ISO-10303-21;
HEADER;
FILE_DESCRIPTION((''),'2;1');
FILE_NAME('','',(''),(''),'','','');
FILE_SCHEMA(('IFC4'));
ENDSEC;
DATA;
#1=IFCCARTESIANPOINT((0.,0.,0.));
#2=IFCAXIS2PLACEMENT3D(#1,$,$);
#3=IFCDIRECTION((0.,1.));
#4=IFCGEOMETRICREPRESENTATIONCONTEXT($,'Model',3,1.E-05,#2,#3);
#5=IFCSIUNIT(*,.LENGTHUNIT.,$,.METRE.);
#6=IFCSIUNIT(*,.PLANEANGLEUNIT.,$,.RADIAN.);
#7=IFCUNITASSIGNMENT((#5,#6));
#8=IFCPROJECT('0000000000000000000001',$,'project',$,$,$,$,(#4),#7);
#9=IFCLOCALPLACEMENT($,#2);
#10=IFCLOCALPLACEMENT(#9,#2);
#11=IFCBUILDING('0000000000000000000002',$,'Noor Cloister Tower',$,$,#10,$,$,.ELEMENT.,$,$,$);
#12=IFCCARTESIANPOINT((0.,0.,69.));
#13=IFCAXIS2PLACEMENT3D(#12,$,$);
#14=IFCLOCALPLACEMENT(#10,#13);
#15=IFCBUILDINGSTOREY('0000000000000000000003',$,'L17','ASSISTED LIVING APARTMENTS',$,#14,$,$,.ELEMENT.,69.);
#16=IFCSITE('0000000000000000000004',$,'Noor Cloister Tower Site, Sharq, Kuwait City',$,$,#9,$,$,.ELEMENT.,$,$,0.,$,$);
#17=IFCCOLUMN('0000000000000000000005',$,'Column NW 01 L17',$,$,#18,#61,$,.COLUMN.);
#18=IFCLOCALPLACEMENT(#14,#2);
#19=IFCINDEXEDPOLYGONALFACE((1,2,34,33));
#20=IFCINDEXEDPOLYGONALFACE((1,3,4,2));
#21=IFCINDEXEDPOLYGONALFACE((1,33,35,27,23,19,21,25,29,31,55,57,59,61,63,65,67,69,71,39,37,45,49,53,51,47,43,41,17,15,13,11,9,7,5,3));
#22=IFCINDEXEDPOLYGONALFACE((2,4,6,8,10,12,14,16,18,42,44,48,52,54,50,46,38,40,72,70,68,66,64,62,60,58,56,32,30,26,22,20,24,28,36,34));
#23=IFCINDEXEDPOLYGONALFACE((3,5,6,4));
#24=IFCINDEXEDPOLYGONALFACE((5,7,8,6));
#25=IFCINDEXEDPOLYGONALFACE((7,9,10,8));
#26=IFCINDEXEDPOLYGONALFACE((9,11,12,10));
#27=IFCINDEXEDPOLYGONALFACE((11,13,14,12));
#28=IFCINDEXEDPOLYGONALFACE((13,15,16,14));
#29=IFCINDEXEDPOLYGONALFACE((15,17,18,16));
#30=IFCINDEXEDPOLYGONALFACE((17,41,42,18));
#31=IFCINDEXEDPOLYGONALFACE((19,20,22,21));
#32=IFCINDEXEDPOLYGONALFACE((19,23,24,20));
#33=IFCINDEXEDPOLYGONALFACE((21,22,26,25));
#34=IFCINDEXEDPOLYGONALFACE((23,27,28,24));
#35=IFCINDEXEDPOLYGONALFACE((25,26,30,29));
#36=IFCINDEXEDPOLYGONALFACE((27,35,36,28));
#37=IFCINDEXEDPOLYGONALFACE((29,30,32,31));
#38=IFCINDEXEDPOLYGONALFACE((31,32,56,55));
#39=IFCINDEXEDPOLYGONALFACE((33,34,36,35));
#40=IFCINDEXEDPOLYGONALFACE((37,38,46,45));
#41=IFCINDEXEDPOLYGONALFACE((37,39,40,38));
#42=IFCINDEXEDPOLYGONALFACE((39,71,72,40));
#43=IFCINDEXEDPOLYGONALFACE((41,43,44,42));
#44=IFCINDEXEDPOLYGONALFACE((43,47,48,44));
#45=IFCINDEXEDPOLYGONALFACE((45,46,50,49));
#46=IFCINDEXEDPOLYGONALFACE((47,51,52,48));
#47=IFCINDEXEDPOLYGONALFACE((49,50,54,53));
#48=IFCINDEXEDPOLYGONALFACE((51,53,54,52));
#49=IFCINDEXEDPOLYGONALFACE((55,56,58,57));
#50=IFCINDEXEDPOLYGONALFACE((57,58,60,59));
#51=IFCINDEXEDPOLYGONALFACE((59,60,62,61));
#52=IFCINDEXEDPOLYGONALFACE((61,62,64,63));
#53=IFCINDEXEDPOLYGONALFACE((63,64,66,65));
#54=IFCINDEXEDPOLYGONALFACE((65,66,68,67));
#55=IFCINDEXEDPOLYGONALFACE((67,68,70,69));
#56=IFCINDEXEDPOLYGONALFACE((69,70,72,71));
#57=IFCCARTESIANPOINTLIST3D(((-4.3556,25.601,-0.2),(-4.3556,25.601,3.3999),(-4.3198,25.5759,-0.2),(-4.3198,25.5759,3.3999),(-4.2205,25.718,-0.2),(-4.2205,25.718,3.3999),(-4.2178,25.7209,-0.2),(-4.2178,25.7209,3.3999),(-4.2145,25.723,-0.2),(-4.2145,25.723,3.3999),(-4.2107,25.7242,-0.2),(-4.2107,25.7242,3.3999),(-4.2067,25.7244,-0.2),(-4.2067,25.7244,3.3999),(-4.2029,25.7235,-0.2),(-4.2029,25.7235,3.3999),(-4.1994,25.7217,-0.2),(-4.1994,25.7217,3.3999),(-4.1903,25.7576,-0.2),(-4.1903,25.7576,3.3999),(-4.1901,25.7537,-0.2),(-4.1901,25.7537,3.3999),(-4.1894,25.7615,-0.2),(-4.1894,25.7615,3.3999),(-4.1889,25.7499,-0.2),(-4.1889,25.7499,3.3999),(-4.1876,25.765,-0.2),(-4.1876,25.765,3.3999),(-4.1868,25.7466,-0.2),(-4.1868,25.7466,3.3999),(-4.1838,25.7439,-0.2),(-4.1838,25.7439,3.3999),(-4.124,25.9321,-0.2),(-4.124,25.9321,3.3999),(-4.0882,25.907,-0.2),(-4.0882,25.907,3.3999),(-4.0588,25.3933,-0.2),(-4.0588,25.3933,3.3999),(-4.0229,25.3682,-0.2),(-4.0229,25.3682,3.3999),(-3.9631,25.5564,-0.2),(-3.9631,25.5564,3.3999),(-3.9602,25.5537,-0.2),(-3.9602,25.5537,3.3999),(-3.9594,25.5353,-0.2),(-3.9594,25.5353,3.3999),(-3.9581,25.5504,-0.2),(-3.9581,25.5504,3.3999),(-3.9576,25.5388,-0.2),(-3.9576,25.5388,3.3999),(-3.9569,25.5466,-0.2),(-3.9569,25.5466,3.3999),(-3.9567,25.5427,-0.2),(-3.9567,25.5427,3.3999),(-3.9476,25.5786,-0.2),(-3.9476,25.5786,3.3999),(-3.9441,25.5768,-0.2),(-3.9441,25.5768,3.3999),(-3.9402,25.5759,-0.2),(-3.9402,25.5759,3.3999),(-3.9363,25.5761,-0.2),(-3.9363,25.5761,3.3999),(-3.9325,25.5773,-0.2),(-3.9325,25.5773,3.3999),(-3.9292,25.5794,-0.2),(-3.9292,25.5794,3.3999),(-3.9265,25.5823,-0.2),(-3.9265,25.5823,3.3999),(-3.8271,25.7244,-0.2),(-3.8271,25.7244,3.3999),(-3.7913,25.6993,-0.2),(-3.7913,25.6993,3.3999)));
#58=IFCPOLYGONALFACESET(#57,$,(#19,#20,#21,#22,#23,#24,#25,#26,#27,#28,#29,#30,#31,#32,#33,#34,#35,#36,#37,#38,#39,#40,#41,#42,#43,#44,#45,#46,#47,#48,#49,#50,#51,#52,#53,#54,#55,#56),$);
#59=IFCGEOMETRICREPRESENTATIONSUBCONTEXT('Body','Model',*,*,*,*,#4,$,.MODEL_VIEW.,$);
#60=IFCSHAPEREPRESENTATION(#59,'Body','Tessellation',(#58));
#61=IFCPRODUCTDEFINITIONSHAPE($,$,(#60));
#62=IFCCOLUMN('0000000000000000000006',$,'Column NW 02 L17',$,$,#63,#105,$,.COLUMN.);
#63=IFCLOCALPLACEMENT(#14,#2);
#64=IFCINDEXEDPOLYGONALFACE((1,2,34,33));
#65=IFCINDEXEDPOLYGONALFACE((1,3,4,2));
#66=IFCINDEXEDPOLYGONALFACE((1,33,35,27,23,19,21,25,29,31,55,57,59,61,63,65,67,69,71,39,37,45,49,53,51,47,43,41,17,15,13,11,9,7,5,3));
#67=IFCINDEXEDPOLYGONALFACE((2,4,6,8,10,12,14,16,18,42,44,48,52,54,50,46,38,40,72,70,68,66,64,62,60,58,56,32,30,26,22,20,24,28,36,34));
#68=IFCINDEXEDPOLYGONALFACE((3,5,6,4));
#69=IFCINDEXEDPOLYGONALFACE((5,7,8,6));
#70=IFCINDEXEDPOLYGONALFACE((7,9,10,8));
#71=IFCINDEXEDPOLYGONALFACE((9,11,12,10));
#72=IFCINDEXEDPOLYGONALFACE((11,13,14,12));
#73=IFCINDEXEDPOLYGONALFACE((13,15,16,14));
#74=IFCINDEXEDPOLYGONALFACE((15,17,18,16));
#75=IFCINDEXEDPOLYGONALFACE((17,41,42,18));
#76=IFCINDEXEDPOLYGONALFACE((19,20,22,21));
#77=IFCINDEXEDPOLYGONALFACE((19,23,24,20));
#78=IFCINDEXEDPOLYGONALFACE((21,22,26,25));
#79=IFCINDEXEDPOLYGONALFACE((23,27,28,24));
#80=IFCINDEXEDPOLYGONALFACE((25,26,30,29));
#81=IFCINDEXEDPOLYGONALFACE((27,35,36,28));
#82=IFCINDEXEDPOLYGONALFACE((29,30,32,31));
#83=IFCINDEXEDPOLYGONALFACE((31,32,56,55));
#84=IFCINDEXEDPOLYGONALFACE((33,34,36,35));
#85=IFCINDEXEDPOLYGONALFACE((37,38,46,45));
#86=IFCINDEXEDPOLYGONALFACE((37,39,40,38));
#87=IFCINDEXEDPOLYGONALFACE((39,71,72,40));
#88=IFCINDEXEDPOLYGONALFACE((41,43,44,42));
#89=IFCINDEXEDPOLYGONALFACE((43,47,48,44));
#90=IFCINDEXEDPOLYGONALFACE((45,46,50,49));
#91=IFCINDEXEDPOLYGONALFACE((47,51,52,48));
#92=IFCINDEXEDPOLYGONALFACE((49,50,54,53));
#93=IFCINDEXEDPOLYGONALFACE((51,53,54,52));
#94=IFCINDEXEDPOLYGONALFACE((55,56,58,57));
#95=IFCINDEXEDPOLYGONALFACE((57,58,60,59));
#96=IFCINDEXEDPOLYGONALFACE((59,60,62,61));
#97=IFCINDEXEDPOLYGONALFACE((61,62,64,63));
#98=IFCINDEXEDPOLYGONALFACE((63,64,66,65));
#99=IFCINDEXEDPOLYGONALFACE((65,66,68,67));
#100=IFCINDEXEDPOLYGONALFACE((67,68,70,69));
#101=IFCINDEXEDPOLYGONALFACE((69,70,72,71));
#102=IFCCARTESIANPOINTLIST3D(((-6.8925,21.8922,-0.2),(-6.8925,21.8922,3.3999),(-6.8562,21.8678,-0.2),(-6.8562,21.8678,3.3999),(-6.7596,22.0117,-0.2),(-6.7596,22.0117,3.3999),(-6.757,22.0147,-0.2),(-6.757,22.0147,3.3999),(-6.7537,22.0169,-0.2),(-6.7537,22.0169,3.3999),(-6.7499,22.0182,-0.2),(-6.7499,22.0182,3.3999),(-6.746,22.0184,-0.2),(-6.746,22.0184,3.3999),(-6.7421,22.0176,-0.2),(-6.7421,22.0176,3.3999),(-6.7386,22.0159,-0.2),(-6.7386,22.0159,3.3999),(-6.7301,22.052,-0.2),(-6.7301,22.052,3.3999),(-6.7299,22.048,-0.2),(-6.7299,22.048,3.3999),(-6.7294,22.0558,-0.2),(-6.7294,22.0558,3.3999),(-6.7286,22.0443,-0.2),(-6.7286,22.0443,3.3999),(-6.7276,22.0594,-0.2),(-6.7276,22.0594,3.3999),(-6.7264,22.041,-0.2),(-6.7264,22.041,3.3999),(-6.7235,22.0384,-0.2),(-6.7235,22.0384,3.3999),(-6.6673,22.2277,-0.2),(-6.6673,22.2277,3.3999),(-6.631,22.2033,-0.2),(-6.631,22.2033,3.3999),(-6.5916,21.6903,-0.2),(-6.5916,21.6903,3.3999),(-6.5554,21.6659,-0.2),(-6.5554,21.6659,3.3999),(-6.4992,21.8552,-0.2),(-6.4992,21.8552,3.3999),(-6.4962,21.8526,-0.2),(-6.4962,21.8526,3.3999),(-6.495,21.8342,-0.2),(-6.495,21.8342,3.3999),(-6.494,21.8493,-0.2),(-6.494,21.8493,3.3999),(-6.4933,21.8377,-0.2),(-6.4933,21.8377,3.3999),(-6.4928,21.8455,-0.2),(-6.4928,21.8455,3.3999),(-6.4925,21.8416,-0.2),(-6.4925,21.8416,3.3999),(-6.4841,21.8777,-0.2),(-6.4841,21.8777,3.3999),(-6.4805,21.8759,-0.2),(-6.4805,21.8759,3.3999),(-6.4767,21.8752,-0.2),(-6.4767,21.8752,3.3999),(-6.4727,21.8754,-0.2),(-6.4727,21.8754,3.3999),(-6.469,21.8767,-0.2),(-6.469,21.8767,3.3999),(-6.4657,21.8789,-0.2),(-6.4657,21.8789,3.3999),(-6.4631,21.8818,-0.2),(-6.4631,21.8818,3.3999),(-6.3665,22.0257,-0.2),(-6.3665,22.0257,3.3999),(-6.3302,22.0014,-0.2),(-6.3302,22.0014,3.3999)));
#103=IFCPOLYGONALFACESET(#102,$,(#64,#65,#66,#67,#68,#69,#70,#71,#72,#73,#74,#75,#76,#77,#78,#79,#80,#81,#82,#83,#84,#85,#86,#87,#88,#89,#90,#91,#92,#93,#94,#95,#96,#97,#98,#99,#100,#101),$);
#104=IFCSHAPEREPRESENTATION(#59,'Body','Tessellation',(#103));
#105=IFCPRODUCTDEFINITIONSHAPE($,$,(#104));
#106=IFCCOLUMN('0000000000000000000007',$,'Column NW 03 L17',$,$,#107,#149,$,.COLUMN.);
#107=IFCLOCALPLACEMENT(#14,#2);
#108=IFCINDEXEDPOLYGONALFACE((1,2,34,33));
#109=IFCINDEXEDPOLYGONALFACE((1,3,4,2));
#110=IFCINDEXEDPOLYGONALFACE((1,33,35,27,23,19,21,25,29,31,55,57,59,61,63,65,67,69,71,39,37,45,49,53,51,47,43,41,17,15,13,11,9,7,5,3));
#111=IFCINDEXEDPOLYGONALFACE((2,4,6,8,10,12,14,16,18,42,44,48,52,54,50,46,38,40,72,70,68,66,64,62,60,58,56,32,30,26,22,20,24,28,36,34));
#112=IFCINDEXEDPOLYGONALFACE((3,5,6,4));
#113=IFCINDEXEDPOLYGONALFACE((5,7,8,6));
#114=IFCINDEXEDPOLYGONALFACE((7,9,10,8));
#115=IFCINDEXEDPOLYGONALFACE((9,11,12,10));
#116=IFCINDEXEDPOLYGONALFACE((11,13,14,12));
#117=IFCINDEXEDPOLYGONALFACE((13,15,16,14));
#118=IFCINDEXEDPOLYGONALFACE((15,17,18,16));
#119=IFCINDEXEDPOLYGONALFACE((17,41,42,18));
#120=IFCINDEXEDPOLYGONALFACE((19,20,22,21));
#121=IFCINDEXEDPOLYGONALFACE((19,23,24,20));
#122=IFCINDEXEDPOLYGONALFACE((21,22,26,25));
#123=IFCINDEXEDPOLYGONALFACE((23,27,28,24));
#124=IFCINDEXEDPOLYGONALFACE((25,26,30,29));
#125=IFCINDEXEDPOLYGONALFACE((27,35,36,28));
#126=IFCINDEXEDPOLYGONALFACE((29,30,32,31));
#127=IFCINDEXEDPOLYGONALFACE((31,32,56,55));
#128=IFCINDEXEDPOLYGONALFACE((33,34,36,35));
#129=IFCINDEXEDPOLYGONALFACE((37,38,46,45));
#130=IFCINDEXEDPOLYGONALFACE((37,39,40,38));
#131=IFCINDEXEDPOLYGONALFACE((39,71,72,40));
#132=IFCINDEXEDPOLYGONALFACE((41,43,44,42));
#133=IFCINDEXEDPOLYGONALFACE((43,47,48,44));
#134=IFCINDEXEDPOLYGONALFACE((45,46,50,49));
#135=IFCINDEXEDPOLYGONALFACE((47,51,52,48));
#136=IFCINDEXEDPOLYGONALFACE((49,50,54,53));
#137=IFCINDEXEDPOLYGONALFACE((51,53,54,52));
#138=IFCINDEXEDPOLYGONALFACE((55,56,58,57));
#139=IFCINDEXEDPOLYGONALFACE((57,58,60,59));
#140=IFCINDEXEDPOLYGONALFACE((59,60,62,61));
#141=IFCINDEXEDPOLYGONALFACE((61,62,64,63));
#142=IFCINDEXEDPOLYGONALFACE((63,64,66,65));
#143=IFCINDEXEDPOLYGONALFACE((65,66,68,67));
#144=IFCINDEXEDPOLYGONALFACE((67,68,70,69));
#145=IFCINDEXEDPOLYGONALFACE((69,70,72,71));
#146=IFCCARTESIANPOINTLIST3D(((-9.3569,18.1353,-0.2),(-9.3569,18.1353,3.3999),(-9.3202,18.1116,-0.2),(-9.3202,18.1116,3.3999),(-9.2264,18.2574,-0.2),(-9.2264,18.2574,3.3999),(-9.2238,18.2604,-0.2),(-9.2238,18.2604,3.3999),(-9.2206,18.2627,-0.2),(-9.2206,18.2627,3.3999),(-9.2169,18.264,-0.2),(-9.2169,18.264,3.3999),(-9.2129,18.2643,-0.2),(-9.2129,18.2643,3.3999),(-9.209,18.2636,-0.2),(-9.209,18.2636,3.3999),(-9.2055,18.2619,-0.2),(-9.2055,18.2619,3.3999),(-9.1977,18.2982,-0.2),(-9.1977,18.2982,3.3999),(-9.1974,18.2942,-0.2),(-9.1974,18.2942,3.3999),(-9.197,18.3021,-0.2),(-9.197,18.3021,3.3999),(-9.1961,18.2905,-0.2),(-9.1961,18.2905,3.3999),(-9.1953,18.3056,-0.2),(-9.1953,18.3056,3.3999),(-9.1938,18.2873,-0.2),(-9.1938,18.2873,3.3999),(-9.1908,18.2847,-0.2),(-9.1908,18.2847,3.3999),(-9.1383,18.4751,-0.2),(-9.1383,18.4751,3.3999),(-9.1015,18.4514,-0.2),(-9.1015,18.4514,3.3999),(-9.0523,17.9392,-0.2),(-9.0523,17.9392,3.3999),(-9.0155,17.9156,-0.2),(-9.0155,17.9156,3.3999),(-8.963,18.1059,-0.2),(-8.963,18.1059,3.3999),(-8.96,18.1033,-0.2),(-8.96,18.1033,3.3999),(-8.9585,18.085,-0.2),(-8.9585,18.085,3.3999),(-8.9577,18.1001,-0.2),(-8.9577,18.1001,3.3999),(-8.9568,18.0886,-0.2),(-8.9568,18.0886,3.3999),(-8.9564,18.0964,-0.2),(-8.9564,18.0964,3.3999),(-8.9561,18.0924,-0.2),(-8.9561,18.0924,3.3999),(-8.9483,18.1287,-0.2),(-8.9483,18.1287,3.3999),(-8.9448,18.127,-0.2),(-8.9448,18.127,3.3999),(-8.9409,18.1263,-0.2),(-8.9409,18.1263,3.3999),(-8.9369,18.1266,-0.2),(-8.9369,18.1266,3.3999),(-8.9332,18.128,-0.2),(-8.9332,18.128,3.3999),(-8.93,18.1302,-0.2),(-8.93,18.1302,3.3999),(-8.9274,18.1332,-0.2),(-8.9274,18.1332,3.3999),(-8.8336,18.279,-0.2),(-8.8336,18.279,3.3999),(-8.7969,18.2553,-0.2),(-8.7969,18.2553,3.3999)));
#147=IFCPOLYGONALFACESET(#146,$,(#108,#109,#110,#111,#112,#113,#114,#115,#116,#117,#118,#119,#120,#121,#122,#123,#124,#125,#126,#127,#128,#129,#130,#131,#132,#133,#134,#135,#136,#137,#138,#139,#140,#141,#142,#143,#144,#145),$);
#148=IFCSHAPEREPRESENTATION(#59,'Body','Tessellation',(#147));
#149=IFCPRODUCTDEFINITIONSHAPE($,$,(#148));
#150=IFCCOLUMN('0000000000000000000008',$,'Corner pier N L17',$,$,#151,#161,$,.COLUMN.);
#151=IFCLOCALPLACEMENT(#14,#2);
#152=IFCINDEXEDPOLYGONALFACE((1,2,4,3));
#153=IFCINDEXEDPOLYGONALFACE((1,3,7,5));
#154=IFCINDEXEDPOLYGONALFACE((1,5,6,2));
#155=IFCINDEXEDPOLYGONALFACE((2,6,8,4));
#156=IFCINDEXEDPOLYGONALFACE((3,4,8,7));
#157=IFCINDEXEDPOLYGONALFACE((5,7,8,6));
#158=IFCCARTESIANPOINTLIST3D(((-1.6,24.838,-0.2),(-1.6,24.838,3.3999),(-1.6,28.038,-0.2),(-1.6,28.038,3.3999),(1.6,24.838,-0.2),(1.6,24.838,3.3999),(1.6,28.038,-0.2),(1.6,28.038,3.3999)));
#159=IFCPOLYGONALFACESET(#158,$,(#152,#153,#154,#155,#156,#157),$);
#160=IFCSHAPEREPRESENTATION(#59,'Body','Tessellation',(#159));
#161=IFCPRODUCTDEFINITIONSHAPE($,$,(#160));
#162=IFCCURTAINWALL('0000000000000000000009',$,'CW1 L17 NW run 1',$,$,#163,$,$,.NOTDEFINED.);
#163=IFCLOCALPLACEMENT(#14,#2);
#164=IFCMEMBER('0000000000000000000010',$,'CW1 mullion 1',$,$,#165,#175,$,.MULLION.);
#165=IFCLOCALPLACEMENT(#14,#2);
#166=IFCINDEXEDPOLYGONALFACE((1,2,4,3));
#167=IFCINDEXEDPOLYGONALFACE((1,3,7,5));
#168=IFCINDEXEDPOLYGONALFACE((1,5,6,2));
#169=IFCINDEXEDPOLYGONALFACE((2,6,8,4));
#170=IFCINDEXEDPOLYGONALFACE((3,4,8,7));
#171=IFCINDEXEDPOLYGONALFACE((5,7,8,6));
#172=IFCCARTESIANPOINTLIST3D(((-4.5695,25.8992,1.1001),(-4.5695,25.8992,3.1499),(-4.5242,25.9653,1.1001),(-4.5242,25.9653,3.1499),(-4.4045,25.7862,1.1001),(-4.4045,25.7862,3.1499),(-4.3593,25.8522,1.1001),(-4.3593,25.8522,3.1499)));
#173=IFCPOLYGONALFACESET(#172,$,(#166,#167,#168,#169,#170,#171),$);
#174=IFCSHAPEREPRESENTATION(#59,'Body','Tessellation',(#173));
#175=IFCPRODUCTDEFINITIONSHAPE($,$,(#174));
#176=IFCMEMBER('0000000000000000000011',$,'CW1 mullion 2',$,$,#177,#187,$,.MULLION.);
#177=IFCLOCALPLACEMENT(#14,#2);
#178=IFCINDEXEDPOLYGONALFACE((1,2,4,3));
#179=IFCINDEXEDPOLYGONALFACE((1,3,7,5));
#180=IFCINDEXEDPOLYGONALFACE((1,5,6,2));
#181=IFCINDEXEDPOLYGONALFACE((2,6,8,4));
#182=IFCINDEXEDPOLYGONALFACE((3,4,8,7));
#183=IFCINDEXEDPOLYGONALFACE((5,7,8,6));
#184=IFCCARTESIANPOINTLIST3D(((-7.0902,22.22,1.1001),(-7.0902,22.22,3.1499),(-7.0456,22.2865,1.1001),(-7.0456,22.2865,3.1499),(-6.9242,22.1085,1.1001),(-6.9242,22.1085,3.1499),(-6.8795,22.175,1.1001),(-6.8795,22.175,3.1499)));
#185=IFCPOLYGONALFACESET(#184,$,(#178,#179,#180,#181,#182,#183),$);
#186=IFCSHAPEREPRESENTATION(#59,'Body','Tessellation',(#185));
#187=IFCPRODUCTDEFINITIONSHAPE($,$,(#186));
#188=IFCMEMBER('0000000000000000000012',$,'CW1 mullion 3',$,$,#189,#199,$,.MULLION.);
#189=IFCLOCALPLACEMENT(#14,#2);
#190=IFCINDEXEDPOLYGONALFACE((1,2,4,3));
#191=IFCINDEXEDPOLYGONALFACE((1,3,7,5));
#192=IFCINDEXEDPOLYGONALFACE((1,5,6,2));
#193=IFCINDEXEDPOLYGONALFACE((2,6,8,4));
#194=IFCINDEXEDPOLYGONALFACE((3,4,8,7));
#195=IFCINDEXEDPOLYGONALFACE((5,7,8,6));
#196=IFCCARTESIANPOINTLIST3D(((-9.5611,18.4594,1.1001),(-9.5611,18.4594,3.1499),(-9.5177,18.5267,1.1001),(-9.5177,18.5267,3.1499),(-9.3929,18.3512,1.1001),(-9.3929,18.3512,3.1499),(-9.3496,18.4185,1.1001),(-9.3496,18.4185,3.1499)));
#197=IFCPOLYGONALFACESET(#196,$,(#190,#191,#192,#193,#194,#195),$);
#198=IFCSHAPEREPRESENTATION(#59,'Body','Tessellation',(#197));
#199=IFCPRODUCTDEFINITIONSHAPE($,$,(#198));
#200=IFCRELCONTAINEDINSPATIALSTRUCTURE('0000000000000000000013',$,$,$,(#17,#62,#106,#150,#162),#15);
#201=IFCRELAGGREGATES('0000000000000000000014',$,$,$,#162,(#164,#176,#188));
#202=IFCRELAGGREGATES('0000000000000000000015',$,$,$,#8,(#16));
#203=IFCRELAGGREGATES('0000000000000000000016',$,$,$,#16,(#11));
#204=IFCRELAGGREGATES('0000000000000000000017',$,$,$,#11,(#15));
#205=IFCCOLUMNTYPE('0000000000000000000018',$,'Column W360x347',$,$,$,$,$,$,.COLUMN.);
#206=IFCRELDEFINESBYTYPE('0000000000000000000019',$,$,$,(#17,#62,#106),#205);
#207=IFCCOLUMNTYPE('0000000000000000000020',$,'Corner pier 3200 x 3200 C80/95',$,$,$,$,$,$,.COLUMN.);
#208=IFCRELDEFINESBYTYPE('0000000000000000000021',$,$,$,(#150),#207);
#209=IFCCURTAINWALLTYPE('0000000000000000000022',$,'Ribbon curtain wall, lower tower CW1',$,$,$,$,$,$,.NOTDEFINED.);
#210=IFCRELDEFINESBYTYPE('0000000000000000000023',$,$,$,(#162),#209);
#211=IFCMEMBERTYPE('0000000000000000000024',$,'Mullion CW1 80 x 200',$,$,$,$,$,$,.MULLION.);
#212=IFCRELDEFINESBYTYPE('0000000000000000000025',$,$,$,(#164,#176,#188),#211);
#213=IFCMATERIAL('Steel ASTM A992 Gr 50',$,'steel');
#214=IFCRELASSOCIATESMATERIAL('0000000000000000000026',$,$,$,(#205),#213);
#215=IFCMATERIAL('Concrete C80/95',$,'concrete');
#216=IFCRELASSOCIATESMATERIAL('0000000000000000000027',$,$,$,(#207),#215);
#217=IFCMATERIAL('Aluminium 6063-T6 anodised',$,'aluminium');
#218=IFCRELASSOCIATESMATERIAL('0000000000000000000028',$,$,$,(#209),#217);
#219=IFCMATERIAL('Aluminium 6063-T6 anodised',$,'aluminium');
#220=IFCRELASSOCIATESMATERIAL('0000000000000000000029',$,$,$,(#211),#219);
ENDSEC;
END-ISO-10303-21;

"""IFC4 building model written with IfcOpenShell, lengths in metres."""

from ifc_helpers import new_model, si_unit, direction, frame, origin, origin_2d, place, context, subcontext, project, spatial, rectangle, i_section, extrude, material, material_profile, profile_set, type_object, element, aggregate, save


model = new_model("IFC4")

# Units and contexts
model_context = context("Model", 3, precision=1e-05, world=origin(), true_north=direction((0.0, 1.0)))
body_context = subcontext(model_context, "Body", "Model", "MODEL_VIEW")
ifc_project = project(units=[si_unit("LENGTHUNIT", "METRE"), si_unit("PLANEANGLEUNIT", "RADIAN")], contexts=[model_context])

# Site, building, storey
site_placement = place(None, origin())
site = spatial("IfcSite", under=ifc_project, at=site_placement, Name="Noor Cloister Tower Site, Sharq, Kuwait City", CompositionType="ELEMENT", RefElevation=0.0)
building_placement = place(site_placement, origin())
building = spatial("IfcBuilding", under=site, at=building_placement, Name="Noor Cloister Tower", CompositionType="ELEMENT")
storey_placement = place(building_placement, frame((0.0, 0.0, 69.0)))
storey = spatial("IfcBuildingStorey", under=building, at=storey_placement, Name="L17", Description="ASSISTED LIVING APARTMENTS", CompositionType="ELEMENT", Elevation=69.0)

# Columns
ifc_material_1 = material(Name="Steel ASTM A992 Gr 50", Category="steel")
ifc_material_profile_1 = material_profile(ifc_material_1, i_section(OverallWidth=0.4041, OverallDepth=0.406, WebThickness=0.0271, FlangeThickness=0.0437, FilletRadius=0.0151, at=origin_2d()), Name="W360x347")
ifc_profile_set_1 = profile_set([ifc_material_profile_1], Name="Steel ASTM A992 Gr 50")
column_type_1 = type_object("IfcColumnType", Name="Column W360x347", PredefinedType="COLUMN", material=ifc_profile_set_1)
for number, where, z_axis, x_axis, name in (
    (1, (-4.0735, 25.6501, -0.2), (0.0, 0.0, 1.0), (-0.573207, -0.819411, 0.0), "Column NW 01 L17"),
    (2, (-6.6113, 21.9468, -0.2), (0.0, 0.0, 1.0), (-0.557293, -0.830316, 0.0), "Column NW 02 L17"),
    (3, (-9.0769, 18.1953, -0.2), (0.0, 0.0, 1.0), (-0.541171, -0.840912, 0.0), "Column NW 03 L17"),
):
    element("IfcColumn", number, at=place(storey_placement, frame(where, z_axis=z_axis, x_axis=x_axis)), inside=storey, type_object=column_type_1, Name=name, PredefinedType="COLUMN", context=body_context, shape_type="SweptSolid", body=[
        extrude(i_section(OverallWidth=0.4041, OverallDepth=0.406, WebThickness=0.0271, FlangeThickness=0.0437, FilletRadius=0.0151, at=origin_2d()), origin(), (0.0, 0.0, 1.0), 3.5999),
    ])
ifc_material_2 = material(Name="Concrete C80/95", Category="concrete")
ifc_material_profile_2 = material_profile(ifc_material_2, rectangle(XDim=3.2, YDim=3.2, at=origin_2d()), Name="RC 3200x3200")
ifc_profile_set_2 = profile_set([ifc_material_profile_2], Name="Concrete C80/95")
column_type_2 = type_object("IfcColumnType", Name="Corner pier 3200 x 3200 C80/95", PredefinedType="COLUMN", material=ifc_profile_set_2)
column_placement = place(storey_placement, frame((0.0, 26.438, -0.2), z_axis=(0.0, 0.0, 1.0), x_axis=(0.0, 1.0, 0.0)))
element("IfcColumn", 4, at=column_placement, inside=storey, type_object=column_type_2, Name="Corner pier N L17", PredefinedType="COLUMN", context=body_context, shape_type="SweptSolid", body=[
    extrude(rectangle(XDim=3.2, YDim=3.2, at=origin_2d()), origin(), (0.0, 0.0, 1.0), 3.5999),
])

# Curtain wall, members
ifc_material_3 = material(Name="Aluminium 6063-T6 anodised", Category="aluminium")
curtain_wall_type = type_object("IfcCurtainWallType", Name="Ribbon curtain wall, lower tower CW1", PredefinedType="NOTDEFINED", material=ifc_material_3)
curtain_wall_placement = place(storey_placement, origin())
curtain_wall = element("IfcCurtainWall", 5, at=curtain_wall_placement, inside=storey, type_object=curtain_wall_type, Name="CW1 L17 NW run 1", PredefinedType="NOTDEFINED")
ifc_material_4 = material(Name="Aluminium 6063-T6 anodised", Category="aluminium")
ifc_material_profile_3 = material_profile(ifc_material_4, rectangle(XDim=0.2, YDim=0.0801, at=origin_2d()), Name="200 x 80 mullion")
ifc_profile_set_3 = profile_set([ifc_material_profile_3], Name="Aluminium 6063-T6 anodised")
member_type = type_object("IfcMemberType", Name="Mullion CW1 80 x 200", PredefinedType="MULLION", material=ifc_profile_set_3)
member_1_placement = place(storey_placement, frame((-4.4644, 25.8757, 1.1001), z_axis=(0.0, 0.0, 1.0), x_axis=(0.824902, -0.565276, 0.0)))
member_1 = element("IfcMember", 6, at=member_1_placement, type_object=member_type, Name="CW1 mullion 1", PredefinedType="MULLION", context=body_context, shape_type="SweptSolid", body=[
    extrude(rectangle(XDim=0.2, YDim=0.0801, at=origin_2d()), origin(), (0.0, 0.0, 1.0), 2.0498),
])
member_2_placement = place(storey_placement, frame((-6.9849, 22.1975, 1.1001), z_axis=(0.0, 0.0, 1.0), x_axis=(0.830316, -0.557293, 0.0)))
member_2 = element("IfcMember", 7, at=member_2_placement, type_object=member_type, Name="CW1 mullion 2", PredefinedType="MULLION", context=body_context, shape_type="SweptSolid", body=[
    extrude(rectangle(XDim=0.2, YDim=0.0801, at=origin_2d()), origin(), (0.0, 0.0, 1.0), 2.0498),
])
member_3_placement = place(storey_placement, frame((-9.4553, 18.439, 1.1001), z_axis=(0.0, 0.0, 1.0), x_axis=(0.840912, -0.541171, 0.0)))
member_3 = element("IfcMember", 8, at=member_3_placement, type_object=member_type, Name="CW1 mullion 3", PredefinedType="MULLION", context=body_context, shape_type="SweptSolid", body=[
    extrude(rectangle(XDim=0.2, YDim=0.0801, at=origin_2d()), origin(), (0.0, 0.0, 1.0), 2.0498),
])

aggregate(curtain_wall, [member_1, member_2, member_3])

save(model, "model.ifc")
